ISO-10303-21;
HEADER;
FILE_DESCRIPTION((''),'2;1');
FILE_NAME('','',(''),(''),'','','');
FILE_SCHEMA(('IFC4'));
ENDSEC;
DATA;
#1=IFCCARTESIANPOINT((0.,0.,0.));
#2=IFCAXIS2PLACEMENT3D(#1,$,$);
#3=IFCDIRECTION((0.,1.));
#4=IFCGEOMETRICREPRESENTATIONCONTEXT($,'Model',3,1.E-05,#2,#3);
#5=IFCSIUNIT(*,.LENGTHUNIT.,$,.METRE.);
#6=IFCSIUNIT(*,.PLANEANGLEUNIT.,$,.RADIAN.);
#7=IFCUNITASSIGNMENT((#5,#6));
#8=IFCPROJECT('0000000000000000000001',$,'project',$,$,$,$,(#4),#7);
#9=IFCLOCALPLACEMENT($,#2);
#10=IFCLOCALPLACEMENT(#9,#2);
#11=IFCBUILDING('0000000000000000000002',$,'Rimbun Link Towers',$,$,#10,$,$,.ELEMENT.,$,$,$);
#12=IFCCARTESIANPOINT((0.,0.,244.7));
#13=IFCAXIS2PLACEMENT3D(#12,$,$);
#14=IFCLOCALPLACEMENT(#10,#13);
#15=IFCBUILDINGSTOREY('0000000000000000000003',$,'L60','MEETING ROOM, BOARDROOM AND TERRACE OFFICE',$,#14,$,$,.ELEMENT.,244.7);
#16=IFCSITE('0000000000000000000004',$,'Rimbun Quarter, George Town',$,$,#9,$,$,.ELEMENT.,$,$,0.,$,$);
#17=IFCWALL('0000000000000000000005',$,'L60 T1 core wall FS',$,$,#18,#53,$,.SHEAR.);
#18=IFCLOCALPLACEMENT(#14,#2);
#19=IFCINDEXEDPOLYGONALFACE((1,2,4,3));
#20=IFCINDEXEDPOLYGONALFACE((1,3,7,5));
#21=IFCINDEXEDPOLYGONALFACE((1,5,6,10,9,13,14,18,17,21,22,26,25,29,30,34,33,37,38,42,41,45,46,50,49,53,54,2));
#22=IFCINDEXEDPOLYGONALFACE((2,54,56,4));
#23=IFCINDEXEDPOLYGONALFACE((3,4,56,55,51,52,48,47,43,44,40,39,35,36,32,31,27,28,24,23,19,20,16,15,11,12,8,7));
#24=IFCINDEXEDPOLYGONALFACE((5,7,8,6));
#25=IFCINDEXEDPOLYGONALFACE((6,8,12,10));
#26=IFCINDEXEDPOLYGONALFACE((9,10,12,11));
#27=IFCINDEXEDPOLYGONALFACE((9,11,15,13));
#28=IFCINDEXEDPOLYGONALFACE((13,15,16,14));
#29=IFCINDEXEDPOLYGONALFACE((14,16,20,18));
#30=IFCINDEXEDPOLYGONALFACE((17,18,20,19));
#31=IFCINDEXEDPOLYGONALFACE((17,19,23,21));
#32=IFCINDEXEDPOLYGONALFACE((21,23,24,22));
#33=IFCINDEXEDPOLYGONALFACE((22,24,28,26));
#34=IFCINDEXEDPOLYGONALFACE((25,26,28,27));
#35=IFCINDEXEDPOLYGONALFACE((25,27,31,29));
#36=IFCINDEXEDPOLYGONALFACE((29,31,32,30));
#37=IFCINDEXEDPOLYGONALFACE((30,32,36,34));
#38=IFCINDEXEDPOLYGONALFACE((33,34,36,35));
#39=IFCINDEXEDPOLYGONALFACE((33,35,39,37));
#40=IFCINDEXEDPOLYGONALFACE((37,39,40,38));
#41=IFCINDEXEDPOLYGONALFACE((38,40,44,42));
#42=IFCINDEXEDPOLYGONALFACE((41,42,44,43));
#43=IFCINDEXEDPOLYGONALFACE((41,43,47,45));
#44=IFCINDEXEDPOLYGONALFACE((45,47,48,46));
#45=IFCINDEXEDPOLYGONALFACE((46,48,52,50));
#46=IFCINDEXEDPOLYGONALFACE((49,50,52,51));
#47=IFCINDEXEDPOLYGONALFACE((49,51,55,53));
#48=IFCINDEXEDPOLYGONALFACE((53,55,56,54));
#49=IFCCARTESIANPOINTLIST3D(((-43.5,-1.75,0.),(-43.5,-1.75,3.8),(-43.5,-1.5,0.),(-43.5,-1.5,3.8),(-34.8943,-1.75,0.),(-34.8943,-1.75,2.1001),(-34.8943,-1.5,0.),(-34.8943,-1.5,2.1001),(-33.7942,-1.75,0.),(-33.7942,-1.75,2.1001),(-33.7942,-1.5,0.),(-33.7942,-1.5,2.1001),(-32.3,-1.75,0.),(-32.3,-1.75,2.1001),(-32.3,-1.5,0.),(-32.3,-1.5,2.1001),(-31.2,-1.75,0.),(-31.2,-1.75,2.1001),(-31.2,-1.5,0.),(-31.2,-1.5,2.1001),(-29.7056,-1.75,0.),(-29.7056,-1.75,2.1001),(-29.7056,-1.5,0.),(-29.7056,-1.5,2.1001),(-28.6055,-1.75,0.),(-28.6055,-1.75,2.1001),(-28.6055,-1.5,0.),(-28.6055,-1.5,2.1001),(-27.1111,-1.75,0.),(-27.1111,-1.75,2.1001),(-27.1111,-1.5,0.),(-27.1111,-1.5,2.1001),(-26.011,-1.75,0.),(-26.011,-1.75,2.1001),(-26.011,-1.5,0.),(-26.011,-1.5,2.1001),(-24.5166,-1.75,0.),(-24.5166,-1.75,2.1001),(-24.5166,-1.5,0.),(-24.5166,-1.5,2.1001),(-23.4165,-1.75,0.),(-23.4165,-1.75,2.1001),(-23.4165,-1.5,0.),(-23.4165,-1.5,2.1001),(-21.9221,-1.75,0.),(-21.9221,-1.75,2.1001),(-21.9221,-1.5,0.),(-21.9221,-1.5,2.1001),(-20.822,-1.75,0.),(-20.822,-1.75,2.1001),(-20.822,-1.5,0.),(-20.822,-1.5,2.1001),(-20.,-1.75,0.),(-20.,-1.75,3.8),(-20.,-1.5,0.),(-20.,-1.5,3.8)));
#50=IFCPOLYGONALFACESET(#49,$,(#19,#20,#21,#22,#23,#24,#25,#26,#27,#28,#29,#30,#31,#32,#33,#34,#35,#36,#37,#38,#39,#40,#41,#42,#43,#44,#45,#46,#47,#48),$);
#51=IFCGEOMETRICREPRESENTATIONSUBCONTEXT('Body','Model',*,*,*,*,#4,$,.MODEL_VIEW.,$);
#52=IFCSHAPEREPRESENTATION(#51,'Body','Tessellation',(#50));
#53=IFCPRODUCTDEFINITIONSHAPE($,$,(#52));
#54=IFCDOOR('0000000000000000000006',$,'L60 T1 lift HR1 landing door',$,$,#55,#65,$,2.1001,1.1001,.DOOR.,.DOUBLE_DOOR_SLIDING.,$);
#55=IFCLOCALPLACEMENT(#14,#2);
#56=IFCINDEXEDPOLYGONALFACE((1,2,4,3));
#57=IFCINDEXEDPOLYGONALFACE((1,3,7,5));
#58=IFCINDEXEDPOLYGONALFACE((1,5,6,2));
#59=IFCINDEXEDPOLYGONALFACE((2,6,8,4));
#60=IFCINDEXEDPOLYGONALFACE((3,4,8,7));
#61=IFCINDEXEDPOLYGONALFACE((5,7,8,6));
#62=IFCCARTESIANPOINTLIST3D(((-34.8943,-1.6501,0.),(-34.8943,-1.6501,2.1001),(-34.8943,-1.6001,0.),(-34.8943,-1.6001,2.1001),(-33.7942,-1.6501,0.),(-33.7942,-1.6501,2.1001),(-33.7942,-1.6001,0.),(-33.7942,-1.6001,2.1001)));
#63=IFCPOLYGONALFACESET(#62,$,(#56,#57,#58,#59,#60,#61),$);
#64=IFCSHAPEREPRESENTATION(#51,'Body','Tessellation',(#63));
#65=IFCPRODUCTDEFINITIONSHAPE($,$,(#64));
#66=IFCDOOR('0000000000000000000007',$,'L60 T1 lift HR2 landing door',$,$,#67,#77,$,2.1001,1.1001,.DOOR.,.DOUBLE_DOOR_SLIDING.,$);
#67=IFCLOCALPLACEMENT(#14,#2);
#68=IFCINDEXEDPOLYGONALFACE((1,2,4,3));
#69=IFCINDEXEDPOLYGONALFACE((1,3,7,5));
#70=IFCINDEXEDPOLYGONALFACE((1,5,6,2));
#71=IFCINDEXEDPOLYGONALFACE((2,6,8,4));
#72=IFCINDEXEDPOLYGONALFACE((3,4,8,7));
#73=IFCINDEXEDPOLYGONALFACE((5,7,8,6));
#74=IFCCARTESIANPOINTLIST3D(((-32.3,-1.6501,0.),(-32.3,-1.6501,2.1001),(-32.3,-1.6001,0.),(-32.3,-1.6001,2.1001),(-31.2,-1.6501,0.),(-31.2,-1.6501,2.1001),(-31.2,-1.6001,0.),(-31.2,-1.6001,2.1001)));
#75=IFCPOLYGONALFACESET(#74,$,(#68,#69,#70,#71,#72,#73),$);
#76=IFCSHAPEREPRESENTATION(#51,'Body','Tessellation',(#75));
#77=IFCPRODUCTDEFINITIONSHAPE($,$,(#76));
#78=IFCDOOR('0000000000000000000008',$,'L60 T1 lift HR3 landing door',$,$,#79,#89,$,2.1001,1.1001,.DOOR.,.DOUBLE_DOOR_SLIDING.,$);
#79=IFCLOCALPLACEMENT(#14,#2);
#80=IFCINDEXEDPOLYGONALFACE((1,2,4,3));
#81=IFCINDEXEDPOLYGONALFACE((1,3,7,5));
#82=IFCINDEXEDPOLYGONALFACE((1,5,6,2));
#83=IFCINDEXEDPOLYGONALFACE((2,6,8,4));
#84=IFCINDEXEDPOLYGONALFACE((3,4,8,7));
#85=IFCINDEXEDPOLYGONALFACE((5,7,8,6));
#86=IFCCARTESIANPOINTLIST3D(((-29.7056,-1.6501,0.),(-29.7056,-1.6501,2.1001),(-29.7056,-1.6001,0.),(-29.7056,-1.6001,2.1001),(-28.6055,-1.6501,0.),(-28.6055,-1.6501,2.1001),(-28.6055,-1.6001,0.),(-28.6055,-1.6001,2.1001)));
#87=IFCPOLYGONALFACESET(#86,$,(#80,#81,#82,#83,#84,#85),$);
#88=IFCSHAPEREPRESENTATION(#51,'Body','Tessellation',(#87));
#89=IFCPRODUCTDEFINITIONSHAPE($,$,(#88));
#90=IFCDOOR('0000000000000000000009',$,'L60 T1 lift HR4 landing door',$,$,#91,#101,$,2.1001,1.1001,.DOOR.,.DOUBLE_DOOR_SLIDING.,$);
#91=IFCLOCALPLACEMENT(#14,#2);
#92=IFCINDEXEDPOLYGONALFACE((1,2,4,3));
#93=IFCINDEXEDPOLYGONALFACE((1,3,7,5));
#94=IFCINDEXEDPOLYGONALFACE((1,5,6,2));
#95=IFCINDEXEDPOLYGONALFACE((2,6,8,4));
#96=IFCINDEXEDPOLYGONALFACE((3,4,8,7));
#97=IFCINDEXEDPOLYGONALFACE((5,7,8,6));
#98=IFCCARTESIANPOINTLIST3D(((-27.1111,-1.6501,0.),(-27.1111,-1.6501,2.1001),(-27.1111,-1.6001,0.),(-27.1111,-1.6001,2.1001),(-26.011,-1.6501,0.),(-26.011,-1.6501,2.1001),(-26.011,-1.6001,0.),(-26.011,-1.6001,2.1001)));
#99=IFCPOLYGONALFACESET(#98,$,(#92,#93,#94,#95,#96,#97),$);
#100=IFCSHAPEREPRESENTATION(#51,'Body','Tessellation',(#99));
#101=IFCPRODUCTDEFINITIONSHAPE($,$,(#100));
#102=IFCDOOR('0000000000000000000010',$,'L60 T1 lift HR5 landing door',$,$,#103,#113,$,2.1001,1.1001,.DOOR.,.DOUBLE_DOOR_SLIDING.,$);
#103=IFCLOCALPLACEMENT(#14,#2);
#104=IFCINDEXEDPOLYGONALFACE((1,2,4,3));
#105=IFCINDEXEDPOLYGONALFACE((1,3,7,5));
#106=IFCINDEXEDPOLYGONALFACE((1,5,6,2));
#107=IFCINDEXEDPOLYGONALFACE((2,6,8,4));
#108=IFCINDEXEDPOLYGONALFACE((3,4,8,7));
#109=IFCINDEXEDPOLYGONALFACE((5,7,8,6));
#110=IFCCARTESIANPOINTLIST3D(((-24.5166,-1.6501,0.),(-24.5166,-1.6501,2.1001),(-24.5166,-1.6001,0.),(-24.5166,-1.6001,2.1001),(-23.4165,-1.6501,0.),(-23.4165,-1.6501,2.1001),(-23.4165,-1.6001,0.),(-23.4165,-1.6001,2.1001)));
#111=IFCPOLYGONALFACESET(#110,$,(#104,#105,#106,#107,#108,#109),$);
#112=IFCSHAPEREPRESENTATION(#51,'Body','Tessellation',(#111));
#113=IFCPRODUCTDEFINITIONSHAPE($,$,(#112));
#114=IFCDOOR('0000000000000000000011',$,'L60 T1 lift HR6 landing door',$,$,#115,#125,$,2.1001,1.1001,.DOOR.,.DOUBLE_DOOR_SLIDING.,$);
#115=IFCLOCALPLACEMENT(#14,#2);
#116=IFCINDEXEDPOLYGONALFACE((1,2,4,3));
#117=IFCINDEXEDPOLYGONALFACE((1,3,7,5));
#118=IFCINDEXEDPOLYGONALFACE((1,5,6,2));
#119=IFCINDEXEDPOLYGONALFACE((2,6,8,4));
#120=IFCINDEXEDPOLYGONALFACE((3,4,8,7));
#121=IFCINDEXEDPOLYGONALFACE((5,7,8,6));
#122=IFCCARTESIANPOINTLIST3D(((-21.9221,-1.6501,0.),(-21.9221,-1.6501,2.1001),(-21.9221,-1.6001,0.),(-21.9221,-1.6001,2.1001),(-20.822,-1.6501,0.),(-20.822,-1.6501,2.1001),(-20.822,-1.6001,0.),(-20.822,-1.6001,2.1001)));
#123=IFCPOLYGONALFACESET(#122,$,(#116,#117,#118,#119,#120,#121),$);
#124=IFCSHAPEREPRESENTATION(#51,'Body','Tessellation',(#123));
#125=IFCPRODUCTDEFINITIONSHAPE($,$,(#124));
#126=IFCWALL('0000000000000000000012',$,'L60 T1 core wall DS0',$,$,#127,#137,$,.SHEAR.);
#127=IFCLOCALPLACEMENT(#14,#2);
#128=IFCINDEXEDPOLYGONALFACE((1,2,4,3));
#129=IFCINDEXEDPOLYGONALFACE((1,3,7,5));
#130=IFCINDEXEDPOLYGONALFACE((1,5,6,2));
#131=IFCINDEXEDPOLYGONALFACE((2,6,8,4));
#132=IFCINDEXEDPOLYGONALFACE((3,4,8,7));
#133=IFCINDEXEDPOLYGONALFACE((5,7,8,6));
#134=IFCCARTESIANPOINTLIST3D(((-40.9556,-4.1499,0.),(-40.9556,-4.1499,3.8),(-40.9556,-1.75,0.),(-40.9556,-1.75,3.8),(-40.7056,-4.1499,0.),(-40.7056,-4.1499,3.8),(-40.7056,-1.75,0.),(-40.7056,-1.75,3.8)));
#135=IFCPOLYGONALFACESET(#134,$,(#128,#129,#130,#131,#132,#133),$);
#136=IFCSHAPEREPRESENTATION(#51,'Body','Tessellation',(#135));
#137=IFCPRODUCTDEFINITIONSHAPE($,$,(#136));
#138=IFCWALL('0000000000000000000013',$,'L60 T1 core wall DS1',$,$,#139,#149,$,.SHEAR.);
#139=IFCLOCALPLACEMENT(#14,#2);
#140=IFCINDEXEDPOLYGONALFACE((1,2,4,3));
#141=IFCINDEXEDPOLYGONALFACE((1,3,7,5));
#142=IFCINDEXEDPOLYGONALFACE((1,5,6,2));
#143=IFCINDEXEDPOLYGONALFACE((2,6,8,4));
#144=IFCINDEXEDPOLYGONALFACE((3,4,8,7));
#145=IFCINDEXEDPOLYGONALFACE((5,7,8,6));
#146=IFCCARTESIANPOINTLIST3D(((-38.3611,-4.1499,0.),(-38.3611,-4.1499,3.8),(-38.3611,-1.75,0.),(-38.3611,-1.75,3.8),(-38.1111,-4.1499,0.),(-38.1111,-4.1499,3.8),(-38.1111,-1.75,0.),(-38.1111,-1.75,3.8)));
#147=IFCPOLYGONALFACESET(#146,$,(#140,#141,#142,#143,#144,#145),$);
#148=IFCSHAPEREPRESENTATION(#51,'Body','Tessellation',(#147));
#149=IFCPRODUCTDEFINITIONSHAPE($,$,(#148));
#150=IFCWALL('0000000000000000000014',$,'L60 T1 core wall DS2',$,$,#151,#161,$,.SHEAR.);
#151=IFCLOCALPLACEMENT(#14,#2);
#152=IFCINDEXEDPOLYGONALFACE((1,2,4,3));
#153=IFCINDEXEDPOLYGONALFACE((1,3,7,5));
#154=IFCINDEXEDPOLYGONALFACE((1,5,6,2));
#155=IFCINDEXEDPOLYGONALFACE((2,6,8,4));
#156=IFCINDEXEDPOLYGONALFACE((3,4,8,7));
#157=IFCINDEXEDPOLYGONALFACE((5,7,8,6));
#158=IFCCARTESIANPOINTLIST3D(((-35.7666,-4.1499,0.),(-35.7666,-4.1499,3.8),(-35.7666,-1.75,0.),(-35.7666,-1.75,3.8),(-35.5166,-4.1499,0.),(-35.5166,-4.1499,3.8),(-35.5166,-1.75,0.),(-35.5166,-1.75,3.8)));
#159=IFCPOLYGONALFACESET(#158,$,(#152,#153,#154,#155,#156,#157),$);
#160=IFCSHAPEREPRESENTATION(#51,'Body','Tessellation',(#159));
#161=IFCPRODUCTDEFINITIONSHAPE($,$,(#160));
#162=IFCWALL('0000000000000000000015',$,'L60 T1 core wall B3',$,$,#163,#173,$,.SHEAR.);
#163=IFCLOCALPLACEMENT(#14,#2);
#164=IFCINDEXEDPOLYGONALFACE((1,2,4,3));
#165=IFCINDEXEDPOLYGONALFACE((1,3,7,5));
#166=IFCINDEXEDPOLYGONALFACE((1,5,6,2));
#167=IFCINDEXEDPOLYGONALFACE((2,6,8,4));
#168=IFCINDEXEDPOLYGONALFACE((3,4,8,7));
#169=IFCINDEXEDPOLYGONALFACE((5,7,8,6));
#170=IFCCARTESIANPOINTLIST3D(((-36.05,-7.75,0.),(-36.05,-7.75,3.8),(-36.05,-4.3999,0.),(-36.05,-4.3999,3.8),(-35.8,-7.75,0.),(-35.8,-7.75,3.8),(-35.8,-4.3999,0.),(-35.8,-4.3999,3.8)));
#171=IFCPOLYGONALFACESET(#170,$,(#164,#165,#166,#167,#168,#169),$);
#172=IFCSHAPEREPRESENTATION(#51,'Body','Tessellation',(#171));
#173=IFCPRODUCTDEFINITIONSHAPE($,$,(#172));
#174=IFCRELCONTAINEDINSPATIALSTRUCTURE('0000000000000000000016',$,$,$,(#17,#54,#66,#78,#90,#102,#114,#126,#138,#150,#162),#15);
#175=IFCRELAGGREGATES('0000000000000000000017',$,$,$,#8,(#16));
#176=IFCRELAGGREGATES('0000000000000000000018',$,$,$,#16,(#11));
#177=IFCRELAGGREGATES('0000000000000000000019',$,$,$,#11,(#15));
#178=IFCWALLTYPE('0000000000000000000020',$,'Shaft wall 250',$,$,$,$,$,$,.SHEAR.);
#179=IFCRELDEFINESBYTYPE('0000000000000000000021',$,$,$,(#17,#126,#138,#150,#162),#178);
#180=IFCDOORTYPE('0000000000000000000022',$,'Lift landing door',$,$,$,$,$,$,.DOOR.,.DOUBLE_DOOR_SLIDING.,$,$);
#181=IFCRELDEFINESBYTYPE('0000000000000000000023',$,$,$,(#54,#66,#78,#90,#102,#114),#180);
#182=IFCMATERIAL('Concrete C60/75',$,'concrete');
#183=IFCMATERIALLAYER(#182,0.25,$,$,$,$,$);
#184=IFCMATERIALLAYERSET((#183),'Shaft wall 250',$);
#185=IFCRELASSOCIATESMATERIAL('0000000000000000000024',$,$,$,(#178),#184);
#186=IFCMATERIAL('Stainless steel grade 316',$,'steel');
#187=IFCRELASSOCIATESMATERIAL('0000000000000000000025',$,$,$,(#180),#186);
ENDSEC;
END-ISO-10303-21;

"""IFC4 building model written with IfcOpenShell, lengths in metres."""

from ifc_helpers import new_model, si_unit, direction, frame, frame_2d, origin, place, context, subcontext, project, spatial, rectangle, extrude, material, layer, layer_set, type_object, element, fill, save


model = new_model("IFC4")

# Units and contexts
model_context = context("Model", 3, precision=1e-05, world=origin(), true_north=direction((0.0, 1.0)))
body_context = subcontext(model_context, "Body", "Model", "MODEL_VIEW")
ifc_project = project(units=[si_unit("LENGTHUNIT", "METRE"), si_unit("PLANEANGLEUNIT", "RADIAN")], contexts=[model_context])

# Site, building, storey
site_placement = place(None, origin())
site = spatial("IfcSite", under=ifc_project, at=site_placement, Name="Rimbun Quarter, George Town", CompositionType="ELEMENT", RefElevation=0.0)
building_placement = place(site_placement, origin())
building = spatial("IfcBuilding", under=site, at=building_placement, Name="Rimbun Link Towers", CompositionType="ELEMENT")
storey_placement = place(building_placement, frame((0.0, 0.0, 244.7)))
storey = spatial("IfcBuildingStorey", under=building, at=storey_placement, Name="L60", Description="MEETING ROOM, BOARDROOM AND TERRACE OFFICE", CompositionType="ELEMENT", Elevation=244.7)

# Shared definitions
ifc_material_1 = material(Name="Concrete C60/75", Category="concrete")
ifc_layer_1 = layer(ifc_material_1, 0.25)
ifc_layer_set_1 = layer_set([ifc_layer_1], Name="Shaft wall 250")
wall_type_1 = type_object("IfcWallType", Name="Shaft wall 250", PredefinedType="SHEAR", material=ifc_layer_set_1)

# Wall, openings, doors
wall_1_placement = place(storey_placement, frame((-43.5, -1.625, 0.0), z_axis=(0.0, 0.0, 1.0), x_axis=(1.0, 0.0, 0.0)))
wall_1 = element("IfcWall", 1, at=wall_1_placement, inside=storey, type_object=wall_type_1, Name="L60 T1 core wall FS", PredefinedType="SHEAR", context=body_context, shape_type="SweptSolid", body=[
    extrude(rectangle(XDim=23.5, YDim=0.25, at=frame_2d((11.75, 0.0))), origin(), (0.0, 0.0, 1.0), 3.8),
])
opening_1_placement = place(wall_1_placement, frame((8.6057, 0.0, 0.0)))
opening_1 = element("IfcOpeningElement", 2, at=opening_1_placement, cuts=wall_1, PredefinedType="OPENING", context=body_context, shape_type="SweptSolid", body=[
    extrude(rectangle(XDim=1.1001, YDim=2.1001, at=frame_2d((0.55, 1.05))), frame((0.0, 0.135, 0.0), z_axis=(0.0, -1.0, 0.0), x_axis=(1.0, 0.0, 0.0)), (0.0, 0.0, 1.0), 0.27),
])
opening_2_placement = place(wall_1_placement, frame((11.2, 0.0, 0.0)))
opening_2 = element("IfcOpeningElement", 3, at=opening_2_placement, cuts=wall_1, PredefinedType="OPENING", context=body_context, shape_type="SweptSolid", body=[
    extrude(rectangle(XDim=1.1001, YDim=2.1001, at=frame_2d((0.55, 1.05))), frame((0.0, 0.135, 0.0), z_axis=(0.0, -1.0, 0.0), x_axis=(1.0, 0.0, 0.0)), (0.0, 0.0, 1.0), 0.27),
])
opening_3_placement = place(wall_1_placement, frame((13.7944, 0.0, 0.0)))
opening_3 = element("IfcOpeningElement", 4, at=opening_3_placement, cuts=wall_1, PredefinedType="OPENING", context=body_context, shape_type="SweptSolid", body=[
    extrude(rectangle(XDim=1.1001, YDim=2.1001, at=frame_2d((0.55, 1.05))), frame((0.0, 0.135, 0.0), z_axis=(0.0, -1.0, 0.0), x_axis=(1.0, 0.0, 0.0)), (0.0, 0.0, 1.0), 0.27),
])
opening_4_placement = place(wall_1_placement, frame((16.3889, 0.0, 0.0)))
opening_4 = element("IfcOpeningElement", 5, at=opening_4_placement, cuts=wall_1, PredefinedType="OPENING", context=body_context, shape_type="SweptSolid", body=[
    extrude(rectangle(XDim=1.1001, YDim=2.1001, at=frame_2d((0.55, 1.05))), frame((0.0, 0.135, 0.0), z_axis=(0.0, -1.0, 0.0), x_axis=(1.0, 0.0, 0.0)), (0.0, 0.0, 1.0), 0.27),
])
opening_5_placement = place(wall_1_placement, frame((18.9834, 0.0, 0.0)))
opening_5 = element("IfcOpeningElement", 6, at=opening_5_placement, cuts=wall_1, PredefinedType="OPENING", context=body_context, shape_type="SweptSolid", body=[
    extrude(rectangle(XDim=1.1001, YDim=2.1001, at=frame_2d((0.55, 1.05))), frame((0.0, 0.135, 0.0), z_axis=(0.0, -1.0, 0.0), x_axis=(1.0, 0.0, 0.0)), (0.0, 0.0, 1.0), 0.27),
])
opening_6_placement = place(wall_1_placement, frame((21.5779, 0.0, 0.0)))
opening_6 = element("IfcOpeningElement", 7, at=opening_6_placement, cuts=wall_1, PredefinedType="OPENING", context=body_context, shape_type="SweptSolid", body=[
    extrude(rectangle(XDim=1.1001, YDim=2.1001, at=frame_2d((0.55, 1.05))), frame((0.0, 0.135, 0.0), z_axis=(0.0, -1.0, 0.0), x_axis=(1.0, 0.0, 0.0)), (0.0, 0.0, 1.0), 0.27),
])
ifc_material_2 = material(Name="Stainless steel grade 316", Category="steel")
door_type_1 = type_object("IfcDoorType", Name="Lift landing door", OperationType="DOUBLE_DOOR_SLIDING", PredefinedType="DOOR", material=ifc_material_2)
door_1_placement = place(opening_1_placement, origin())
door_1 = element("IfcDoor", 8, at=door_1_placement, inside=storey, type_object=door_type_1, Name="L60 T1 lift HR1 landing door", OperationType="DOUBLE_DOOR_SLIDING", OverallHeight=2.1001, OverallWidth=1.1001, PredefinedType="DOOR", context=body_context, shape_type="SweptSolid", body=[
    extrude(rectangle(XDim=1.1001, YDim=2.1001, at=frame_2d((0.55, 1.05))), frame((0.0, 0.0249, 0.0), z_axis=(0.0, -1.0, 0.0), x_axis=(1.0, 0.0, 0.0)), (0.0, 0.0, 1.0), 0.05),
])
fill(opening_1, door_1)
door_2_placement = place(opening_2_placement, origin())
door_2 = element("IfcDoor", 9, at=door_2_placement, inside=storey, type_object=door_type_1, Name="L60 T1 lift HR2 landing door", OperationType="DOUBLE_DOOR_SLIDING", OverallHeight=2.1001, OverallWidth=1.1001, PredefinedType="DOOR", context=body_context, shape_type="SweptSolid", body=[
    extrude(rectangle(XDim=1.1001, YDim=2.1001, at=frame_2d((0.55, 1.05))), frame((0.0, 0.0249, 0.0), z_axis=(0.0, -1.0, 0.0), x_axis=(1.0, 0.0, 0.0)), (0.0, 0.0, 1.0), 0.05),
])
fill(opening_2, door_2)
door_3_placement = place(opening_3_placement, origin())
door_3 = element("IfcDoor", 10, at=door_3_placement, inside=storey, type_object=door_type_1, Name="L60 T1 lift HR3 landing door", OperationType="DOUBLE_DOOR_SLIDING", OverallHeight=2.1001, OverallWidth=1.1001, PredefinedType="DOOR", context=body_context, shape_type="SweptSolid", body=[
    extrude(rectangle(XDim=1.1001, YDim=2.1001, at=frame_2d((0.55, 1.05))), frame((0.0, 0.0249, 0.0), z_axis=(0.0, -1.0, 0.0), x_axis=(1.0, 0.0, 0.0)), (0.0, 0.0, 1.0), 0.05),
])
fill(opening_3, door_3)
door_4_placement = place(opening_4_placement, origin())
door_4 = element("IfcDoor", 11, at=door_4_placement, inside=storey, type_object=door_type_1, Name="L60 T1 lift HR4 landing door", OperationType="DOUBLE_DOOR_SLIDING", OverallHeight=2.1001, OverallWidth=1.1001, PredefinedType="DOOR", context=body_context, shape_type="SweptSolid", body=[
    extrude(rectangle(XDim=1.1001, YDim=2.1001, at=frame_2d((0.55, 1.05))), frame((0.0, 0.0249, 0.0), z_axis=(0.0, -1.0, 0.0), x_axis=(1.0, 0.0, 0.0)), (0.0, 0.0, 1.0), 0.05),
])
fill(opening_4, door_4)
door_5_placement = place(opening_5_placement, origin())
door_5 = element("IfcDoor", 12, at=door_5_placement, inside=storey, type_object=door_type_1, Name="L60 T1 lift HR5 landing door", OperationType="DOUBLE_DOOR_SLIDING", OverallHeight=2.1001, OverallWidth=1.1001, PredefinedType="DOOR", context=body_context, shape_type="SweptSolid", body=[
    extrude(rectangle(XDim=1.1001, YDim=2.1001, at=frame_2d((0.55, 1.05))), frame((0.0, 0.0249, 0.0), z_axis=(0.0, -1.0, 0.0), x_axis=(1.0, 0.0, 0.0)), (0.0, 0.0, 1.0), 0.05),
])
fill(opening_5, door_5)
door_6_placement = place(opening_6_placement, origin())
door_6 = element("IfcDoor", 13, at=door_6_placement, inside=storey, type_object=door_type_1, Name="L60 T1 lift HR6 landing door", OperationType="DOUBLE_DOOR_SLIDING", OverallHeight=2.1001, OverallWidth=1.1001, PredefinedType="DOOR", context=body_context, shape_type="SweptSolid", body=[
    extrude(rectangle(XDim=1.1001, YDim=2.1001, at=frame_2d((0.55, 1.05))), frame((0.0, 0.0249, 0.0), z_axis=(0.0, -1.0, 0.0), x_axis=(1.0, 0.0, 0.0)), (0.0, 0.0, 1.0), 0.05),
])
fill(opening_6, door_6)

# Walls
for number, where, z_axis, x_axis, name in (
    (14, (-40.8306, -4.1499, 0.0), (0.0, 0.0, 1.0), (0.0, 1.0, 0.0), "L60 T1 core wall DS0"),
    (15, (-38.2361, -4.1499, 0.0), (0.0, 0.0, 1.0), (0.0, 1.0, 0.0), "L60 T1 core wall DS1"),
    (16, (-35.6416, -4.1499, 0.0), (0.0, 0.0, 1.0), (0.0, 1.0, 0.0), "L60 T1 core wall DS2"),
):
    element("IfcWall", number, at=place(storey_placement, frame(where, z_axis=z_axis, x_axis=x_axis)), inside=storey, type_object=wall_type_1, Name=name, PredefinedType="SHEAR", context=body_context, shape_type="SweptSolid", body=[
        extrude(rectangle(XDim=2.3999, YDim=0.25, at=frame_2d((1.2, 0.0))), origin(), (0.0, 0.0, 1.0), 3.8),
    ])
wall_2_placement = place(storey_placement, frame((-35.925, -4.3999, 0.0), z_axis=(0.0, 0.0, 1.0), x_axis=(0.0, -1.0, 0.0)))
element("IfcWall", 17, at=wall_2_placement, inside=storey, type_object=wall_type_1, Name="L60 T1 core wall B3", PredefinedType="SHEAR", context=body_context, shape_type="SweptSolid", body=[
    extrude(rectangle(XDim=3.3501, YDim=0.25, at=frame_2d((1.675, 0.0))), origin(), (0.0, 0.0, 1.0), 3.8),
])

save(model, "model.ifc")
